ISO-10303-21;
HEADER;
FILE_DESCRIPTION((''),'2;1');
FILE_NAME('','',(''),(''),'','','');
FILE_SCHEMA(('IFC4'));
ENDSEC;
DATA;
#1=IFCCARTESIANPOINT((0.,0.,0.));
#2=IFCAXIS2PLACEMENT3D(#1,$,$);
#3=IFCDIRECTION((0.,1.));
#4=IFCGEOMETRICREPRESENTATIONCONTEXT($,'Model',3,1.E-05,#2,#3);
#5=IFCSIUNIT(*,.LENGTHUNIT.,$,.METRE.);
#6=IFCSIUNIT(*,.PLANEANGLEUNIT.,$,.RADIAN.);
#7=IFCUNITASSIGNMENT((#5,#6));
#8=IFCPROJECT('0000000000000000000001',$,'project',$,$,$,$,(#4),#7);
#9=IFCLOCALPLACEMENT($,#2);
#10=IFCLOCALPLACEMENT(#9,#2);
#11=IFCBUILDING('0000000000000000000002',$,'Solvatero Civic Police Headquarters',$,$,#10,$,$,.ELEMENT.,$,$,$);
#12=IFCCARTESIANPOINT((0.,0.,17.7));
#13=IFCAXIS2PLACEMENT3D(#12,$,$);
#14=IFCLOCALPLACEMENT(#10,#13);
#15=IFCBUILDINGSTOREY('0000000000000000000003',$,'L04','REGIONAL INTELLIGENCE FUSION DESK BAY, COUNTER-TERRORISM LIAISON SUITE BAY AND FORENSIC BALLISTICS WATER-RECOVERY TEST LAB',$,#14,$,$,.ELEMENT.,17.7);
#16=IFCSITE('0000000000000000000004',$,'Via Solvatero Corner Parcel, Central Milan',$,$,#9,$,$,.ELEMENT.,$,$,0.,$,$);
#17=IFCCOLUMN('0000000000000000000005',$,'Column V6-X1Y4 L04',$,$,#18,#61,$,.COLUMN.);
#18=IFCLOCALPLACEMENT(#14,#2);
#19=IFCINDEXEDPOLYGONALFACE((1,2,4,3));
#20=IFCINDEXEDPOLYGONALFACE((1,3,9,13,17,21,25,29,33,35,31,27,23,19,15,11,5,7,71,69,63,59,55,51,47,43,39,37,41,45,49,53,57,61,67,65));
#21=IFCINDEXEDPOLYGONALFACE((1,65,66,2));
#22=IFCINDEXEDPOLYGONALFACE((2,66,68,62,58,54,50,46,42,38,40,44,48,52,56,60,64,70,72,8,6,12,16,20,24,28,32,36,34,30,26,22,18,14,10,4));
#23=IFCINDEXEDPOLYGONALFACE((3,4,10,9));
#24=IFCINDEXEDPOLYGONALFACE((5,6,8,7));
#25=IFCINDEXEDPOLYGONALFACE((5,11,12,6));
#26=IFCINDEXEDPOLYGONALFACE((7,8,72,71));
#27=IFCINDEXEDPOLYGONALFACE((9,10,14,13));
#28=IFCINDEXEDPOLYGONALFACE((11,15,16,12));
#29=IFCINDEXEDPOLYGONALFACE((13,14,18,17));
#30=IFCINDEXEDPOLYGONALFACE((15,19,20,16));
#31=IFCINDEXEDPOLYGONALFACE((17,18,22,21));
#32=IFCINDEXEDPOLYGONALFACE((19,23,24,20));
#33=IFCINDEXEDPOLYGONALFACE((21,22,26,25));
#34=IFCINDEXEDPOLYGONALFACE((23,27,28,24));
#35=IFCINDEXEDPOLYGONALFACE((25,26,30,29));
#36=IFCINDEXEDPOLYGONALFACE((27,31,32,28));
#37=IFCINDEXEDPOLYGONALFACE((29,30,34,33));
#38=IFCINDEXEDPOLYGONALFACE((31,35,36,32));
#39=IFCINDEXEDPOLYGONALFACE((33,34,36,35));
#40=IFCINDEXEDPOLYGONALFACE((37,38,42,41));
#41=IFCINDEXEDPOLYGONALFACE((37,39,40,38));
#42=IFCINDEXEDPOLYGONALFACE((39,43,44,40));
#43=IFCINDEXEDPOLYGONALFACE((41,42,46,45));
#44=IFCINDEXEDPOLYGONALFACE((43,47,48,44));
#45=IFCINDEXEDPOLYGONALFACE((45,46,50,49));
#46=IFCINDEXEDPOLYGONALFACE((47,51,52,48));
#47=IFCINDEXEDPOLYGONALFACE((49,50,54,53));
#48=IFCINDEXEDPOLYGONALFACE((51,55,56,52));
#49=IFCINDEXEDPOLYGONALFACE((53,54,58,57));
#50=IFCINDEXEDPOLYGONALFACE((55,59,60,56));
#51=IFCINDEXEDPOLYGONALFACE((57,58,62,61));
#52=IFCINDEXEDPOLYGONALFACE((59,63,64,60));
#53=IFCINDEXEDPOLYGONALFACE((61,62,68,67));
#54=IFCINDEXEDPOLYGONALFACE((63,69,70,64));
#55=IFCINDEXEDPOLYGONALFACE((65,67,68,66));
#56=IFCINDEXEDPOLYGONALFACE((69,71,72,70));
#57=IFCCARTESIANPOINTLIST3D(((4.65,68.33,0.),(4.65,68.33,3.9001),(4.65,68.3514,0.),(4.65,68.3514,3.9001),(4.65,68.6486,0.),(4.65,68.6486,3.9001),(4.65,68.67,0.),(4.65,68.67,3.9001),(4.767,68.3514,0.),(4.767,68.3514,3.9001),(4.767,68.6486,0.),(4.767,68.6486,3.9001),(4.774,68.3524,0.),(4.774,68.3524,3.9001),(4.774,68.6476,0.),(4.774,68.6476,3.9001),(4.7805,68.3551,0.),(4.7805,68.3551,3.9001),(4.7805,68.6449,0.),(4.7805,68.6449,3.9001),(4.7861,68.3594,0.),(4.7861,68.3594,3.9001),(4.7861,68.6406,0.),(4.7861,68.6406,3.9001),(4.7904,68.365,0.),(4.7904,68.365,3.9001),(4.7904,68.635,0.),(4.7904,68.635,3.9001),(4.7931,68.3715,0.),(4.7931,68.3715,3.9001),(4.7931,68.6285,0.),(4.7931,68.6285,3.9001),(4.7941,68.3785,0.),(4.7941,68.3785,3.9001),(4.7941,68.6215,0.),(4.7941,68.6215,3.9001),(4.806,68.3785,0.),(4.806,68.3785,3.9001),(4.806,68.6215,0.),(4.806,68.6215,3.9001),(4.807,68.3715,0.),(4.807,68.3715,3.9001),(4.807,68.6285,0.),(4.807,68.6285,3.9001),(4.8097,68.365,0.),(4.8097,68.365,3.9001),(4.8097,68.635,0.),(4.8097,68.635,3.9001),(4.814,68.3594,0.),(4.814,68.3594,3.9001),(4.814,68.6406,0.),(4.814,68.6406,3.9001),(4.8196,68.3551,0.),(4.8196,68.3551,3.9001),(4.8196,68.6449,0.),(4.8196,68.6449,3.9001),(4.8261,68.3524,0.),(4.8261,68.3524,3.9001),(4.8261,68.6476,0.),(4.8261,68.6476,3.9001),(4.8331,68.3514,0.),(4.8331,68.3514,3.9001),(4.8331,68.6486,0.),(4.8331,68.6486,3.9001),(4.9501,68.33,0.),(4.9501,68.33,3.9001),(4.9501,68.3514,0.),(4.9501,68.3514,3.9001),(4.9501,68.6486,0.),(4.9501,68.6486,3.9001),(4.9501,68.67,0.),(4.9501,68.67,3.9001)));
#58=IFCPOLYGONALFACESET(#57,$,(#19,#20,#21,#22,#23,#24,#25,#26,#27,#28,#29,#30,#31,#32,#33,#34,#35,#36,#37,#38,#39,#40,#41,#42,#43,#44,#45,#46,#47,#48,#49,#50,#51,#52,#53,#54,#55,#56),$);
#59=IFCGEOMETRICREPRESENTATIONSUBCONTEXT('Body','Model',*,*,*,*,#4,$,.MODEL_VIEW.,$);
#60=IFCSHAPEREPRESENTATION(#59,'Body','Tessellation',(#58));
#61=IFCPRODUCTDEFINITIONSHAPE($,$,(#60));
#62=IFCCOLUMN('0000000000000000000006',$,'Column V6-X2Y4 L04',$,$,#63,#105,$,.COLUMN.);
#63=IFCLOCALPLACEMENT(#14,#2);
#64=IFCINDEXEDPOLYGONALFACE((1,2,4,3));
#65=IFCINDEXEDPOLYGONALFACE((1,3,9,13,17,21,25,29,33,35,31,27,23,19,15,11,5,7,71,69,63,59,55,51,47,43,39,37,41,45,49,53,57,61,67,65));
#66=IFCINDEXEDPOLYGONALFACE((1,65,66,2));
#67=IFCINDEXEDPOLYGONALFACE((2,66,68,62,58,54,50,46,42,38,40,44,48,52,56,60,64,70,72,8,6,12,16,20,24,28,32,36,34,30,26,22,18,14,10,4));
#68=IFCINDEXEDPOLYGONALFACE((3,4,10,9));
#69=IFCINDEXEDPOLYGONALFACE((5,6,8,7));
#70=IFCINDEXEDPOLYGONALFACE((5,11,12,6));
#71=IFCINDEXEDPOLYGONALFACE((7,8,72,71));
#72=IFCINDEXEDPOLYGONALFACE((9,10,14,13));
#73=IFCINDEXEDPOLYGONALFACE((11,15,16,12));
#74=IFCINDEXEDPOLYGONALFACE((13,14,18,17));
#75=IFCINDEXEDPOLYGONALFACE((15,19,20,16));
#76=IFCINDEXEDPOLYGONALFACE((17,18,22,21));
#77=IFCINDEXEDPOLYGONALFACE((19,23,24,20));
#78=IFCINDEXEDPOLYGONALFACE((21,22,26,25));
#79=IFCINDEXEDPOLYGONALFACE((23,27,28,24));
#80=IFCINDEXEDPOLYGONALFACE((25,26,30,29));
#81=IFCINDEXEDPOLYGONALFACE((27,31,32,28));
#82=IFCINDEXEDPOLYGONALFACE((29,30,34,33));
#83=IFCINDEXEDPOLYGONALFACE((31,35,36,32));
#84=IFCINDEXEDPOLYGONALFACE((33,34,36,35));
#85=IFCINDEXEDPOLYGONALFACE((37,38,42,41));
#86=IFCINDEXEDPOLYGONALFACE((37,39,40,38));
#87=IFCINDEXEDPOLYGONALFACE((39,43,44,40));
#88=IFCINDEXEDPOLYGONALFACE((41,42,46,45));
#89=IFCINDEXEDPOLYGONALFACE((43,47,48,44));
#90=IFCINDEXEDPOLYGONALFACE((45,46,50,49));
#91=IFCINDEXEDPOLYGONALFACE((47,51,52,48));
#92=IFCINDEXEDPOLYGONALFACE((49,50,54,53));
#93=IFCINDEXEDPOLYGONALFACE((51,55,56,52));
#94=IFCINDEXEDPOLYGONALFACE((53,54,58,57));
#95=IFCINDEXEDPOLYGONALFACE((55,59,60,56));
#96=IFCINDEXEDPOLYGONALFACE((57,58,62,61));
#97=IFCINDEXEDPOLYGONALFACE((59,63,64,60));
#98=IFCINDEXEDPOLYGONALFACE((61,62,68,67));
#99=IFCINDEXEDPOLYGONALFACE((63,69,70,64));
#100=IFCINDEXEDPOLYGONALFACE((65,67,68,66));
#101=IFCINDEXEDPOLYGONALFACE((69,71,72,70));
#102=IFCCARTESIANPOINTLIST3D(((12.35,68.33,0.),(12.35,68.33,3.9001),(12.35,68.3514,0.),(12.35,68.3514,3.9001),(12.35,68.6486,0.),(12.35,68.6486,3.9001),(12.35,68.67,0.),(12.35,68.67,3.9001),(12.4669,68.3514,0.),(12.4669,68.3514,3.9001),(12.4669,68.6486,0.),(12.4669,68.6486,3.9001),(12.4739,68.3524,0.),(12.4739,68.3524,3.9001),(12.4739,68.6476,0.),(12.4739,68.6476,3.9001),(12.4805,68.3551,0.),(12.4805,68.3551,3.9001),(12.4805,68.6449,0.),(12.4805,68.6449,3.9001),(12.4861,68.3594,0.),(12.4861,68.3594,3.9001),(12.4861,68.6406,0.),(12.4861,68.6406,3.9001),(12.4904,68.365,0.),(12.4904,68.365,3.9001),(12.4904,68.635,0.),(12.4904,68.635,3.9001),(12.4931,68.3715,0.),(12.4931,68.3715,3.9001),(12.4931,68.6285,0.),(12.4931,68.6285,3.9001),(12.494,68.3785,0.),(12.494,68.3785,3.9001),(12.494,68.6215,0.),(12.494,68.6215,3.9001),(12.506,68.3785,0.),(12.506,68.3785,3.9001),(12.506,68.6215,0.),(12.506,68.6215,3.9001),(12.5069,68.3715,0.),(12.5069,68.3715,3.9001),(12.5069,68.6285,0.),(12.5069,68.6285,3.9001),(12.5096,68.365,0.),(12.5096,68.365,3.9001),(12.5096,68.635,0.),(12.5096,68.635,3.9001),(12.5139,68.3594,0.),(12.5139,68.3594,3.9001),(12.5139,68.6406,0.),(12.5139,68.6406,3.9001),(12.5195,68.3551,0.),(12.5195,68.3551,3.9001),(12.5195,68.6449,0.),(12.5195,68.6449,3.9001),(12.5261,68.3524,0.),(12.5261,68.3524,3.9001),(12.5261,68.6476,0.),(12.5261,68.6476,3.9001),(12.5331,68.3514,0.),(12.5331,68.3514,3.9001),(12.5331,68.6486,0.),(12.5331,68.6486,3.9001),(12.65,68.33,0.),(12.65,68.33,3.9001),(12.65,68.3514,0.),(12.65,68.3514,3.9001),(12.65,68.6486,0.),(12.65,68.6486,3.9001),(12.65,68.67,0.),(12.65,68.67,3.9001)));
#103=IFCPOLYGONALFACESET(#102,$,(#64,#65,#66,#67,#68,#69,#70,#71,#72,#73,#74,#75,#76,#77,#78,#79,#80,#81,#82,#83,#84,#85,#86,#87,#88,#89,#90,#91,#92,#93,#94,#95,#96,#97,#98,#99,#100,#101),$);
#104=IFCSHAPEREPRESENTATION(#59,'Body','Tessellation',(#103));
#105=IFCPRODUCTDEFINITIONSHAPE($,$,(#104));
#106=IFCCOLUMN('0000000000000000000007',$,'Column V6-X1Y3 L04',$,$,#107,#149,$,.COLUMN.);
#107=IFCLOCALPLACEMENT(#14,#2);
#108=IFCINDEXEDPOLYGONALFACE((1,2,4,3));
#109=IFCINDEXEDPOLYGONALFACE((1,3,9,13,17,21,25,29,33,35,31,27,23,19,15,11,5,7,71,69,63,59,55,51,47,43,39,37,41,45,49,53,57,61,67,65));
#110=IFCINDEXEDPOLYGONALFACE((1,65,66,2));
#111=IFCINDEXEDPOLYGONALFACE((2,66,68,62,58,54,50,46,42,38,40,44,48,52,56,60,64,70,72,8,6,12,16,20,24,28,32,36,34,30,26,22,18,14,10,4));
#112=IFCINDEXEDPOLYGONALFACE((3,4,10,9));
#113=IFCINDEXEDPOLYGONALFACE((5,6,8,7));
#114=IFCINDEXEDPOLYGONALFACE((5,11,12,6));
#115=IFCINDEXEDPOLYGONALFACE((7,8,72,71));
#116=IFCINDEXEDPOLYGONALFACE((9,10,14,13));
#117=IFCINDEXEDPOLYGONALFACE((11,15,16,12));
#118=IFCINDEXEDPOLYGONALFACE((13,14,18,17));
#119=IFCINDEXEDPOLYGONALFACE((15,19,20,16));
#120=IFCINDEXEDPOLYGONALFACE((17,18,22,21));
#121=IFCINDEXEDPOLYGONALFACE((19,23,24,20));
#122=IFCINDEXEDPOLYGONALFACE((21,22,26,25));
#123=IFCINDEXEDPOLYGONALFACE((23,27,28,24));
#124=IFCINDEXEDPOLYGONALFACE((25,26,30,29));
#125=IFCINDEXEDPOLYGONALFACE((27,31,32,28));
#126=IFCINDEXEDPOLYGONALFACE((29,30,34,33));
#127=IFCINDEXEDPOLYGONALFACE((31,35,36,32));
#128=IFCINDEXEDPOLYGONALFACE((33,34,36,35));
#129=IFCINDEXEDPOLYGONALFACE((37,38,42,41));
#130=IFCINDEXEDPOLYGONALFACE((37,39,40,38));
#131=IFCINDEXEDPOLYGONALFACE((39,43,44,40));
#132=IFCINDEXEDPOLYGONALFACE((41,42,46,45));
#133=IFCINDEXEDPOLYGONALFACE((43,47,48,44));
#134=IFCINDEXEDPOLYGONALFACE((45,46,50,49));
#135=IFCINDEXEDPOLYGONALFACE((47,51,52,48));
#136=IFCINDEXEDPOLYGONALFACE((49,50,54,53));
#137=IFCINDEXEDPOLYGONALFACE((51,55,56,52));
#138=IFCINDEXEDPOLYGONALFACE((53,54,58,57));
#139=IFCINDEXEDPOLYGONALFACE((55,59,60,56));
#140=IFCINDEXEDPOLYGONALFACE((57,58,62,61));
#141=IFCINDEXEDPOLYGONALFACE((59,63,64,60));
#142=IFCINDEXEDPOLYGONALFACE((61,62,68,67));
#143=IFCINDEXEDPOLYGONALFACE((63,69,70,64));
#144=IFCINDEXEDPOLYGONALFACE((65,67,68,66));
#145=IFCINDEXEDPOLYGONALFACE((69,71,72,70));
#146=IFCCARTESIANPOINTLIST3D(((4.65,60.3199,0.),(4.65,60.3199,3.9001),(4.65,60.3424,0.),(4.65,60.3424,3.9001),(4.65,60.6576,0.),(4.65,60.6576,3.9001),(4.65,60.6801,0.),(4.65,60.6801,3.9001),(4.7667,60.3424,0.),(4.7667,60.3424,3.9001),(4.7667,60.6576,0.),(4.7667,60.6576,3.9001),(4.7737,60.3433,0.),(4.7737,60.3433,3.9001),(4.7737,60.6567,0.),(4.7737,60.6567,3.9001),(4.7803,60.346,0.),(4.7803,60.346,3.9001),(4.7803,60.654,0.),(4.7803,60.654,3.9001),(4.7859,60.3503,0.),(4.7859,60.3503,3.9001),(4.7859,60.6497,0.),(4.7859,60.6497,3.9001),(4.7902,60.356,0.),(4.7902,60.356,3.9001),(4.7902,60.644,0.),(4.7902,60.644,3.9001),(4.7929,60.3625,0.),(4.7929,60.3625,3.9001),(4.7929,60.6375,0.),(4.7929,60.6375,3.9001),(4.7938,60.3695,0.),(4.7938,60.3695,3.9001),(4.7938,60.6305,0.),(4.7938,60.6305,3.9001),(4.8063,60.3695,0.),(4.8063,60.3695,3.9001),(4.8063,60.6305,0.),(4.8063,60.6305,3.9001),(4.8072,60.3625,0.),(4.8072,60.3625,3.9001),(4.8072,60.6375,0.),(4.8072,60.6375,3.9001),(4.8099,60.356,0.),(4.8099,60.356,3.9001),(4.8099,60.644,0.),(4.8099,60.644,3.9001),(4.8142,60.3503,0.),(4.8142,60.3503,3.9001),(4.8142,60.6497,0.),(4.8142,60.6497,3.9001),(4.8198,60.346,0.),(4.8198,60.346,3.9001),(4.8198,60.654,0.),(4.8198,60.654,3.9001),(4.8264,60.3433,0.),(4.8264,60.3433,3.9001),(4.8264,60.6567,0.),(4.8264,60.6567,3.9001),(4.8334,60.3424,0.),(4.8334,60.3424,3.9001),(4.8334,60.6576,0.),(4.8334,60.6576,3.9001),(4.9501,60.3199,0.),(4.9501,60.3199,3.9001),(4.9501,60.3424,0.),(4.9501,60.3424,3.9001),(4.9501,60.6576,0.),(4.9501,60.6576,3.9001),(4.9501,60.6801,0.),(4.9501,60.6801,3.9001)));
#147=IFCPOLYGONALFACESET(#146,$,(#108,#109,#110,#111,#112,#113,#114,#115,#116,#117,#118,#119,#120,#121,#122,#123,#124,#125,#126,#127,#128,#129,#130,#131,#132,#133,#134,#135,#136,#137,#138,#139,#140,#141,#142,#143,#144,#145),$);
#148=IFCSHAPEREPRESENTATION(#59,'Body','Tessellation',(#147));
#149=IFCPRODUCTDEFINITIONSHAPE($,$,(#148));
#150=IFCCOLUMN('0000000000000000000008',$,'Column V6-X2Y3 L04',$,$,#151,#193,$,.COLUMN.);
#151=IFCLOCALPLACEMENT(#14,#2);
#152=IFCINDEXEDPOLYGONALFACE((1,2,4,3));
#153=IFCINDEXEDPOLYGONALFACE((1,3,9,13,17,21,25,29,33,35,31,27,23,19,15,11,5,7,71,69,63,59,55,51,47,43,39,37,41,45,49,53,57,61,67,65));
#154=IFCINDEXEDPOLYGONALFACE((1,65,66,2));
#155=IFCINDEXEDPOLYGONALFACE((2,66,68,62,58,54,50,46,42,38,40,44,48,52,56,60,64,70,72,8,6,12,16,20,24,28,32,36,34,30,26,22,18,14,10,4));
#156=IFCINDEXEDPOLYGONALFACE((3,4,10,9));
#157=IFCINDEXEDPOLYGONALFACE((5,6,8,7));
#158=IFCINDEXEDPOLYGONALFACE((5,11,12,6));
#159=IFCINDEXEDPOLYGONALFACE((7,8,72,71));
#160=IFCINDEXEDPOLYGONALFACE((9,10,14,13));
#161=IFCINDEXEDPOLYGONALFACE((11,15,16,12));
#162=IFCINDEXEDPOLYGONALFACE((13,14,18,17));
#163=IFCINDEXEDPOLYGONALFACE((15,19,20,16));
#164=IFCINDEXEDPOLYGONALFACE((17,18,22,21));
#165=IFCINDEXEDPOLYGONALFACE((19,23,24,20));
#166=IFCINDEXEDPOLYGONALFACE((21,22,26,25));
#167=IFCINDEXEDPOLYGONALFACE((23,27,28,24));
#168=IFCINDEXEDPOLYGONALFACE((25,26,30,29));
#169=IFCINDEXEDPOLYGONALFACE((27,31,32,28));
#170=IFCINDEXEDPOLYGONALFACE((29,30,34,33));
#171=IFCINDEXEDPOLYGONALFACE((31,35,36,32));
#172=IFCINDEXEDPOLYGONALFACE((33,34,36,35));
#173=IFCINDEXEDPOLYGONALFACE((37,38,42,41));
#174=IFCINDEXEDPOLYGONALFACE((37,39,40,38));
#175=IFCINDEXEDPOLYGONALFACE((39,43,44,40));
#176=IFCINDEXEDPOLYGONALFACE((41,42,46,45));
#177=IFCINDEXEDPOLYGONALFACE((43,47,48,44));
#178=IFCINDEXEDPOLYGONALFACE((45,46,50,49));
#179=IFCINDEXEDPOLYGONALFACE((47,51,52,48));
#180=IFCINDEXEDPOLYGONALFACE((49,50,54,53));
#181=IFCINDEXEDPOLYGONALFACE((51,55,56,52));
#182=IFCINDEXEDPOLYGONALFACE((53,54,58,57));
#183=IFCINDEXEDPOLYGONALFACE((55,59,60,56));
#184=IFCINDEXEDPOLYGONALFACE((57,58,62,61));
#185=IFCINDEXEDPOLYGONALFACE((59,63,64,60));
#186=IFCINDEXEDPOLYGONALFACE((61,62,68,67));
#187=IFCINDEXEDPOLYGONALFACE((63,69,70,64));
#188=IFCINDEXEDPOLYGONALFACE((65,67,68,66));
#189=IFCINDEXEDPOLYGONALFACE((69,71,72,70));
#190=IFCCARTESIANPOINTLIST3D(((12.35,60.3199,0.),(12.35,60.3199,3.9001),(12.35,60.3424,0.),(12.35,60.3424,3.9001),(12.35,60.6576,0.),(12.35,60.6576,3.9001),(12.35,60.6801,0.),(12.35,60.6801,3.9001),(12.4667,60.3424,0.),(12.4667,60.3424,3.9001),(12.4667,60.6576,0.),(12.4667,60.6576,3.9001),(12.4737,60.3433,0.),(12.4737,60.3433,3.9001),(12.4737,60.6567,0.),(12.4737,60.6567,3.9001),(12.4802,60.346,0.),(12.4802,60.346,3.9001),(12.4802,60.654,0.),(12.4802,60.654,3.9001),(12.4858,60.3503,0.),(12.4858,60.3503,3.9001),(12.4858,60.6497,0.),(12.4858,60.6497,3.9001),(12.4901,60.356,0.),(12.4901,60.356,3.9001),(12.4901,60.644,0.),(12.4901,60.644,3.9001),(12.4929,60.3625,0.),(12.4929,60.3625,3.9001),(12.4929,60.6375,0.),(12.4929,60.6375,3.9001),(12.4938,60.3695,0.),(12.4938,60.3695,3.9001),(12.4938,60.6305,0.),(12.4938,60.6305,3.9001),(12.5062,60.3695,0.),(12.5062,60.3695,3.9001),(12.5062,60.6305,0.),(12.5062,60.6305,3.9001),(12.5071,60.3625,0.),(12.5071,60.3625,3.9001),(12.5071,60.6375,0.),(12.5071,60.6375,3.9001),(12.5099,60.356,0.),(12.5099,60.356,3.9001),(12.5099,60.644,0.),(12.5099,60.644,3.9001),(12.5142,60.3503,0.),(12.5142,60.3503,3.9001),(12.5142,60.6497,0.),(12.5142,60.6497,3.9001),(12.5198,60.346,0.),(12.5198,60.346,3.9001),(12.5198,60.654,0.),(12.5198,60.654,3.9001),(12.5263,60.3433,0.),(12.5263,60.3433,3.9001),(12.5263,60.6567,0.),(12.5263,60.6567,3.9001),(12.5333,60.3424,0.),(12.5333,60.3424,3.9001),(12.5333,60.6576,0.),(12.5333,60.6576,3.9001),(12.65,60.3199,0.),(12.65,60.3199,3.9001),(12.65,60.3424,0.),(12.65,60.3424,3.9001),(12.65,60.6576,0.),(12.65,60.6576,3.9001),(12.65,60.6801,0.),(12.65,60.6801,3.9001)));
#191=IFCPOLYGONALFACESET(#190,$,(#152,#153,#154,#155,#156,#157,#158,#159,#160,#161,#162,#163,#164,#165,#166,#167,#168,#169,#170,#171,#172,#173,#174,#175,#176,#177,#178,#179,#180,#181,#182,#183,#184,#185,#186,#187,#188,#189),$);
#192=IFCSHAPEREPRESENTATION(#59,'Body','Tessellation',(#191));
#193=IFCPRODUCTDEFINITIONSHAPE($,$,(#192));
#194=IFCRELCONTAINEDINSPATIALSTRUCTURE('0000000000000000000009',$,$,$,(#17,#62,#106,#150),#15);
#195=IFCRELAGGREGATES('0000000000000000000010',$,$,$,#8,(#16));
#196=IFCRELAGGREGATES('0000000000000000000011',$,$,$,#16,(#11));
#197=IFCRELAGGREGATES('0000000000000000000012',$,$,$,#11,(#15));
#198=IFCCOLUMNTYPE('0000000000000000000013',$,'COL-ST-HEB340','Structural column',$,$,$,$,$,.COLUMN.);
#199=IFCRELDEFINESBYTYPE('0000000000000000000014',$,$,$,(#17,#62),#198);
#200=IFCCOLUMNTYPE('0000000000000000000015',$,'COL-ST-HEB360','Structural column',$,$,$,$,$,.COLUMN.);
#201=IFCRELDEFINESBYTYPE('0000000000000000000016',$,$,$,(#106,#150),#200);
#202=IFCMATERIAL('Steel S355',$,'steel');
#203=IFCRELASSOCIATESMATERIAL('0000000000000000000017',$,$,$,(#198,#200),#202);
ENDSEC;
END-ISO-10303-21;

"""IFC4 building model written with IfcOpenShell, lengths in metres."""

from ifc_helpers import new_model, si_unit, direction, frame, origin, origin_2d, place, context, subcontext, project, spatial, i_section, extrude, material, material_profile, profile_set, type_object, element, save


model = new_model("IFC4")

# Units and contexts
model_context = context("Model", 3, precision=1e-05, world=origin(), true_north=direction((0.0, 1.0)))
body_context = subcontext(model_context, "Body", "Model", "MODEL_VIEW")
ifc_project = project(units=[si_unit("LENGTHUNIT", "METRE"), si_unit("PLANEANGLEUNIT", "RADIAN")], contexts=[model_context])

# Site, building, storey
site_placement = place(None, origin())
site = spatial("IfcSite", under=ifc_project, at=site_placement, Name="Via Solvatero Corner Parcel, Central Milan", CompositionType="ELEMENT", RefElevation=0.0)
building_placement = place(site_placement, origin())
building = spatial("IfcBuilding", under=site, at=building_placement, Name="Solvatero Civic Police Headquarters", CompositionType="ELEMENT")
storey_placement = place(building_placement, frame((0.0, 0.0, 17.7)))
storey = spatial("IfcBuildingStorey", under=building, at=storey_placement, Name="L04", Description="REGIONAL INTELLIGENCE FUSION DESK BAY, COUNTER-TERRORISM LIAISON SUITE BAY AND FORENSIC BALLISTICS WATER-RECOVERY TEST LAB", CompositionType="ELEMENT", Elevation=17.7)

# Columns
ifc_material_1 = material(Name="Steel S355", Category="steel")
ifc_material_profile_1 = material_profile(ifc_material_1, i_section(OverallWidth=0.3, OverallDepth=0.3401, WebThickness=0.012, FlangeThickness=0.0215, FilletRadius=0.0271, at=origin_2d()), Name="HEB 340")
ifc_profile_set_1 = profile_set([ifc_material_profile_1], Name="Steel S355")
column_type_1 = type_object("IfcColumnType", Name="COL-ST-HEB340", Description="Structural column", PredefinedType="COLUMN", material=ifc_profile_set_1)
for number, where, z_axis, x_axis, name in (
    (1, (4.8, 68.5, 0.0), (0.0, 0.0, 1.0), (1.0, 0.0, 0.0), "Column V6-X1Y4 L04"),
    (2, (12.5, 68.5, 0.0), (0.0, 0.0, 1.0), (1.0, 0.0, 0.0), "Column V6-X2Y4 L04"),
):
    element("IfcColumn", number, at=place(storey_placement, frame(where, z_axis=z_axis, x_axis=x_axis)), inside=storey, type_object=column_type_1, Name=name, PredefinedType="COLUMN", context=body_context, shape_type="SweptSolid", body=[
        extrude(i_section(OverallWidth=0.3, OverallDepth=0.3401, WebThickness=0.012, FlangeThickness=0.0215, FilletRadius=0.0271, at=origin_2d()), origin(), (0.0, 0.0, 1.0), 3.9001),
    ])
ifc_material_profile_2 = material_profile(ifc_material_1, i_section(OverallWidth=0.3, OverallDepth=0.3601, WebThickness=0.0125, FlangeThickness=0.0225, FilletRadius=0.0271, at=origin_2d()), Name="HEB 360")
ifc_profile_set_2 = profile_set([ifc_material_profile_2], Name="Steel S355")
column_type_2 = type_object("IfcColumnType", Name="COL-ST-HEB360", Description="Structural column", PredefinedType="COLUMN", material=ifc_profile_set_2)
for number, where, z_axis, x_axis, name in (
    (3, (4.8, 60.5, 0.0), (0.0, 0.0, 1.0), (1.0, 0.0, 0.0), "Column V6-X1Y3 L04"),
    (4, (12.5, 60.5, 0.0), (0.0, 0.0, 1.0), (1.0, 0.0, 0.0), "Column V6-X2Y3 L04"),
):
    element("IfcColumn", number, at=place(storey_placement, frame(where, z_axis=z_axis, x_axis=x_axis)), inside=storey, type_object=column_type_2, Name=name, PredefinedType="COLUMN", context=body_context, shape_type="SweptSolid", body=[
        extrude(i_section(OverallWidth=0.3, OverallDepth=0.3601, WebThickness=0.0125, FlangeThickness=0.0225, FilletRadius=0.0271, at=origin_2d()), origin(), (0.0, 0.0, 1.0), 3.9001),
    ])

save(model, "model.ifc")
